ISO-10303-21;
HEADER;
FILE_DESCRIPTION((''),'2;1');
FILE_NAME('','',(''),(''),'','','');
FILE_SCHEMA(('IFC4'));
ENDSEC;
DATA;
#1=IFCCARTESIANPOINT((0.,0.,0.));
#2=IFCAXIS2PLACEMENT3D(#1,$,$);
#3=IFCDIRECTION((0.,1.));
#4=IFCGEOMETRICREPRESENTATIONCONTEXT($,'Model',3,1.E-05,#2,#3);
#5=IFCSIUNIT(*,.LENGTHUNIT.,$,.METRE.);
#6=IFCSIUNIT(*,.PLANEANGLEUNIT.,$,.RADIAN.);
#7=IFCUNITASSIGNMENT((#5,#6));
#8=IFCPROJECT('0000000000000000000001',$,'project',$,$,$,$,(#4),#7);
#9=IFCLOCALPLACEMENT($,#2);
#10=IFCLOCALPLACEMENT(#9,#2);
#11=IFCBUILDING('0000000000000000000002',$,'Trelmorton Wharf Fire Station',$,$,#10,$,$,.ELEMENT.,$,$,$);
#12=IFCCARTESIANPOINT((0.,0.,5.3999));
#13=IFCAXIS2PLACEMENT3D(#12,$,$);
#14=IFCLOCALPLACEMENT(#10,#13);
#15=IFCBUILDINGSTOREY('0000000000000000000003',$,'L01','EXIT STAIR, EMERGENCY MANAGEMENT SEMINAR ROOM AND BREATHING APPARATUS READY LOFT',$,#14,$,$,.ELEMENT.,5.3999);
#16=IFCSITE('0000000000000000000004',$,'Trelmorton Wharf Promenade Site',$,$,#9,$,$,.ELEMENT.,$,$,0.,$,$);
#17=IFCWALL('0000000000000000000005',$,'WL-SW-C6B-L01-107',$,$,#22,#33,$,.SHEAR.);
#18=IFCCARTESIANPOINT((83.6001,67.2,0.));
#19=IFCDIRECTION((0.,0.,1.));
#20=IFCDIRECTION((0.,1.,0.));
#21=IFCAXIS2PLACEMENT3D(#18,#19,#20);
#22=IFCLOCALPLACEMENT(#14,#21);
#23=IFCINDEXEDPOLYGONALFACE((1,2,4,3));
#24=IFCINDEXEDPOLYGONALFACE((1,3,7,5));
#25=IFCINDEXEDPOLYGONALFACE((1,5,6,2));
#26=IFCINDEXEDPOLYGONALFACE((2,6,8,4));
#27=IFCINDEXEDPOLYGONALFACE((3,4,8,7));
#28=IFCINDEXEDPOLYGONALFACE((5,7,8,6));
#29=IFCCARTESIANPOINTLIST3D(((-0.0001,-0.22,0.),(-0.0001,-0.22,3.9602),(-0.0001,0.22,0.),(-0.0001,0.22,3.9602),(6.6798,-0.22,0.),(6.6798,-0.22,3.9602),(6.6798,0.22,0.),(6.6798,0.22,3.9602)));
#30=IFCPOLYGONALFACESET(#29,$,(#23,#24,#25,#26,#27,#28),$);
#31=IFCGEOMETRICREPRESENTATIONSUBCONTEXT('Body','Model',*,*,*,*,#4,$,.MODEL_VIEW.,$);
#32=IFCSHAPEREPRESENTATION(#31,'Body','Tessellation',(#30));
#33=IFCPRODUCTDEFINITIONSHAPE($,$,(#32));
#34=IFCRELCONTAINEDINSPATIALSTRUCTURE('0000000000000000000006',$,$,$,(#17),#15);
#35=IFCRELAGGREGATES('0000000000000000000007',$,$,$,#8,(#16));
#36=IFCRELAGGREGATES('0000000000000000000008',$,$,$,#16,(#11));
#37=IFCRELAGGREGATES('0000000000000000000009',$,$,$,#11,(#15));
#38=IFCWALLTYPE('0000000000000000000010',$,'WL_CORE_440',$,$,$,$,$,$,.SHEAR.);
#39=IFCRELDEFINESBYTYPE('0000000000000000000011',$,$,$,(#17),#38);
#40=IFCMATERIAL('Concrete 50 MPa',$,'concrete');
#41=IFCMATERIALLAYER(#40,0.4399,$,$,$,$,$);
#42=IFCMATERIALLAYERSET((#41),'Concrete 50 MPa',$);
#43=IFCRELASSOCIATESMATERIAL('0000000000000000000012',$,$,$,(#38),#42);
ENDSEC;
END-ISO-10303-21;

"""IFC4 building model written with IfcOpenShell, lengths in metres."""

from ifc_helpers import new_model, si_unit, direction, frame, frame_2d, origin, place, context, subcontext, project, spatial, rectangle, extrude, material, layer, layer_set, type_object, element, save


model = new_model("IFC4")

# Units and contexts
model_context = context("Model", 3, precision=1e-05, world=origin(), true_north=direction((0.0, 1.0)))
body_context = subcontext(model_context, "Body", "Model", "MODEL_VIEW")
ifc_project = project(units=[si_unit("LENGTHUNIT", "METRE"), si_unit("PLANEANGLEUNIT", "RADIAN")], contexts=[model_context])

# Site, building, storey
site_placement = place(None, origin())
site = spatial("IfcSite", under=ifc_project, at=site_placement, Name="Trelmorton Wharf Promenade Site", CompositionType="ELEMENT", RefElevation=0.0)
building_placement = place(site_placement, origin())
building = spatial("IfcBuilding", under=site, at=building_placement, Name="Trelmorton Wharf Fire Station", CompositionType="ELEMENT")
storey_placement = place(building_placement, frame((0.0, 0.0, 5.3999)))
storey = spatial("IfcBuildingStorey", under=building, at=storey_placement, Name="L01", Description="EXIT STAIR, EMERGENCY MANAGEMENT SEMINAR ROOM AND BREATHING APPARATUS READY LOFT", CompositionType="ELEMENT", Elevation=5.3999)

# Wall
ifc_material_1 = material(Name="Concrete 50 MPa", Category="concrete")
ifc_layer_1 = layer(ifc_material_1, 0.4399)
ifc_layer_set_1 = layer_set([ifc_layer_1], Name="Concrete 50 MPa")
wall_type_1 = type_object("IfcWallType", Name="WL_CORE_440", PredefinedType="SHEAR", material=ifc_layer_set_1)
wall_1_placement = place(storey_placement, frame((83.6001, 67.2, 0.0), z_axis=(0.0, 0.0, 1.0), x_axis=(0.0, 1.0, 0.0)))
element("IfcWall", 1, at=wall_1_placement, inside=storey, type_object=wall_type_1, Name="WL-SW-C6B-L01-107", PredefinedType="SHEAR", context=body_context, shape_type="SweptSolid", body=[
    extrude(rectangle(XDim=6.6799, YDim=0.4399, at=frame_2d((3.3398, 0.0))), origin(), (0.0, 0.0, 1.0), 3.9602),
])

save(model, "model.ifc")
